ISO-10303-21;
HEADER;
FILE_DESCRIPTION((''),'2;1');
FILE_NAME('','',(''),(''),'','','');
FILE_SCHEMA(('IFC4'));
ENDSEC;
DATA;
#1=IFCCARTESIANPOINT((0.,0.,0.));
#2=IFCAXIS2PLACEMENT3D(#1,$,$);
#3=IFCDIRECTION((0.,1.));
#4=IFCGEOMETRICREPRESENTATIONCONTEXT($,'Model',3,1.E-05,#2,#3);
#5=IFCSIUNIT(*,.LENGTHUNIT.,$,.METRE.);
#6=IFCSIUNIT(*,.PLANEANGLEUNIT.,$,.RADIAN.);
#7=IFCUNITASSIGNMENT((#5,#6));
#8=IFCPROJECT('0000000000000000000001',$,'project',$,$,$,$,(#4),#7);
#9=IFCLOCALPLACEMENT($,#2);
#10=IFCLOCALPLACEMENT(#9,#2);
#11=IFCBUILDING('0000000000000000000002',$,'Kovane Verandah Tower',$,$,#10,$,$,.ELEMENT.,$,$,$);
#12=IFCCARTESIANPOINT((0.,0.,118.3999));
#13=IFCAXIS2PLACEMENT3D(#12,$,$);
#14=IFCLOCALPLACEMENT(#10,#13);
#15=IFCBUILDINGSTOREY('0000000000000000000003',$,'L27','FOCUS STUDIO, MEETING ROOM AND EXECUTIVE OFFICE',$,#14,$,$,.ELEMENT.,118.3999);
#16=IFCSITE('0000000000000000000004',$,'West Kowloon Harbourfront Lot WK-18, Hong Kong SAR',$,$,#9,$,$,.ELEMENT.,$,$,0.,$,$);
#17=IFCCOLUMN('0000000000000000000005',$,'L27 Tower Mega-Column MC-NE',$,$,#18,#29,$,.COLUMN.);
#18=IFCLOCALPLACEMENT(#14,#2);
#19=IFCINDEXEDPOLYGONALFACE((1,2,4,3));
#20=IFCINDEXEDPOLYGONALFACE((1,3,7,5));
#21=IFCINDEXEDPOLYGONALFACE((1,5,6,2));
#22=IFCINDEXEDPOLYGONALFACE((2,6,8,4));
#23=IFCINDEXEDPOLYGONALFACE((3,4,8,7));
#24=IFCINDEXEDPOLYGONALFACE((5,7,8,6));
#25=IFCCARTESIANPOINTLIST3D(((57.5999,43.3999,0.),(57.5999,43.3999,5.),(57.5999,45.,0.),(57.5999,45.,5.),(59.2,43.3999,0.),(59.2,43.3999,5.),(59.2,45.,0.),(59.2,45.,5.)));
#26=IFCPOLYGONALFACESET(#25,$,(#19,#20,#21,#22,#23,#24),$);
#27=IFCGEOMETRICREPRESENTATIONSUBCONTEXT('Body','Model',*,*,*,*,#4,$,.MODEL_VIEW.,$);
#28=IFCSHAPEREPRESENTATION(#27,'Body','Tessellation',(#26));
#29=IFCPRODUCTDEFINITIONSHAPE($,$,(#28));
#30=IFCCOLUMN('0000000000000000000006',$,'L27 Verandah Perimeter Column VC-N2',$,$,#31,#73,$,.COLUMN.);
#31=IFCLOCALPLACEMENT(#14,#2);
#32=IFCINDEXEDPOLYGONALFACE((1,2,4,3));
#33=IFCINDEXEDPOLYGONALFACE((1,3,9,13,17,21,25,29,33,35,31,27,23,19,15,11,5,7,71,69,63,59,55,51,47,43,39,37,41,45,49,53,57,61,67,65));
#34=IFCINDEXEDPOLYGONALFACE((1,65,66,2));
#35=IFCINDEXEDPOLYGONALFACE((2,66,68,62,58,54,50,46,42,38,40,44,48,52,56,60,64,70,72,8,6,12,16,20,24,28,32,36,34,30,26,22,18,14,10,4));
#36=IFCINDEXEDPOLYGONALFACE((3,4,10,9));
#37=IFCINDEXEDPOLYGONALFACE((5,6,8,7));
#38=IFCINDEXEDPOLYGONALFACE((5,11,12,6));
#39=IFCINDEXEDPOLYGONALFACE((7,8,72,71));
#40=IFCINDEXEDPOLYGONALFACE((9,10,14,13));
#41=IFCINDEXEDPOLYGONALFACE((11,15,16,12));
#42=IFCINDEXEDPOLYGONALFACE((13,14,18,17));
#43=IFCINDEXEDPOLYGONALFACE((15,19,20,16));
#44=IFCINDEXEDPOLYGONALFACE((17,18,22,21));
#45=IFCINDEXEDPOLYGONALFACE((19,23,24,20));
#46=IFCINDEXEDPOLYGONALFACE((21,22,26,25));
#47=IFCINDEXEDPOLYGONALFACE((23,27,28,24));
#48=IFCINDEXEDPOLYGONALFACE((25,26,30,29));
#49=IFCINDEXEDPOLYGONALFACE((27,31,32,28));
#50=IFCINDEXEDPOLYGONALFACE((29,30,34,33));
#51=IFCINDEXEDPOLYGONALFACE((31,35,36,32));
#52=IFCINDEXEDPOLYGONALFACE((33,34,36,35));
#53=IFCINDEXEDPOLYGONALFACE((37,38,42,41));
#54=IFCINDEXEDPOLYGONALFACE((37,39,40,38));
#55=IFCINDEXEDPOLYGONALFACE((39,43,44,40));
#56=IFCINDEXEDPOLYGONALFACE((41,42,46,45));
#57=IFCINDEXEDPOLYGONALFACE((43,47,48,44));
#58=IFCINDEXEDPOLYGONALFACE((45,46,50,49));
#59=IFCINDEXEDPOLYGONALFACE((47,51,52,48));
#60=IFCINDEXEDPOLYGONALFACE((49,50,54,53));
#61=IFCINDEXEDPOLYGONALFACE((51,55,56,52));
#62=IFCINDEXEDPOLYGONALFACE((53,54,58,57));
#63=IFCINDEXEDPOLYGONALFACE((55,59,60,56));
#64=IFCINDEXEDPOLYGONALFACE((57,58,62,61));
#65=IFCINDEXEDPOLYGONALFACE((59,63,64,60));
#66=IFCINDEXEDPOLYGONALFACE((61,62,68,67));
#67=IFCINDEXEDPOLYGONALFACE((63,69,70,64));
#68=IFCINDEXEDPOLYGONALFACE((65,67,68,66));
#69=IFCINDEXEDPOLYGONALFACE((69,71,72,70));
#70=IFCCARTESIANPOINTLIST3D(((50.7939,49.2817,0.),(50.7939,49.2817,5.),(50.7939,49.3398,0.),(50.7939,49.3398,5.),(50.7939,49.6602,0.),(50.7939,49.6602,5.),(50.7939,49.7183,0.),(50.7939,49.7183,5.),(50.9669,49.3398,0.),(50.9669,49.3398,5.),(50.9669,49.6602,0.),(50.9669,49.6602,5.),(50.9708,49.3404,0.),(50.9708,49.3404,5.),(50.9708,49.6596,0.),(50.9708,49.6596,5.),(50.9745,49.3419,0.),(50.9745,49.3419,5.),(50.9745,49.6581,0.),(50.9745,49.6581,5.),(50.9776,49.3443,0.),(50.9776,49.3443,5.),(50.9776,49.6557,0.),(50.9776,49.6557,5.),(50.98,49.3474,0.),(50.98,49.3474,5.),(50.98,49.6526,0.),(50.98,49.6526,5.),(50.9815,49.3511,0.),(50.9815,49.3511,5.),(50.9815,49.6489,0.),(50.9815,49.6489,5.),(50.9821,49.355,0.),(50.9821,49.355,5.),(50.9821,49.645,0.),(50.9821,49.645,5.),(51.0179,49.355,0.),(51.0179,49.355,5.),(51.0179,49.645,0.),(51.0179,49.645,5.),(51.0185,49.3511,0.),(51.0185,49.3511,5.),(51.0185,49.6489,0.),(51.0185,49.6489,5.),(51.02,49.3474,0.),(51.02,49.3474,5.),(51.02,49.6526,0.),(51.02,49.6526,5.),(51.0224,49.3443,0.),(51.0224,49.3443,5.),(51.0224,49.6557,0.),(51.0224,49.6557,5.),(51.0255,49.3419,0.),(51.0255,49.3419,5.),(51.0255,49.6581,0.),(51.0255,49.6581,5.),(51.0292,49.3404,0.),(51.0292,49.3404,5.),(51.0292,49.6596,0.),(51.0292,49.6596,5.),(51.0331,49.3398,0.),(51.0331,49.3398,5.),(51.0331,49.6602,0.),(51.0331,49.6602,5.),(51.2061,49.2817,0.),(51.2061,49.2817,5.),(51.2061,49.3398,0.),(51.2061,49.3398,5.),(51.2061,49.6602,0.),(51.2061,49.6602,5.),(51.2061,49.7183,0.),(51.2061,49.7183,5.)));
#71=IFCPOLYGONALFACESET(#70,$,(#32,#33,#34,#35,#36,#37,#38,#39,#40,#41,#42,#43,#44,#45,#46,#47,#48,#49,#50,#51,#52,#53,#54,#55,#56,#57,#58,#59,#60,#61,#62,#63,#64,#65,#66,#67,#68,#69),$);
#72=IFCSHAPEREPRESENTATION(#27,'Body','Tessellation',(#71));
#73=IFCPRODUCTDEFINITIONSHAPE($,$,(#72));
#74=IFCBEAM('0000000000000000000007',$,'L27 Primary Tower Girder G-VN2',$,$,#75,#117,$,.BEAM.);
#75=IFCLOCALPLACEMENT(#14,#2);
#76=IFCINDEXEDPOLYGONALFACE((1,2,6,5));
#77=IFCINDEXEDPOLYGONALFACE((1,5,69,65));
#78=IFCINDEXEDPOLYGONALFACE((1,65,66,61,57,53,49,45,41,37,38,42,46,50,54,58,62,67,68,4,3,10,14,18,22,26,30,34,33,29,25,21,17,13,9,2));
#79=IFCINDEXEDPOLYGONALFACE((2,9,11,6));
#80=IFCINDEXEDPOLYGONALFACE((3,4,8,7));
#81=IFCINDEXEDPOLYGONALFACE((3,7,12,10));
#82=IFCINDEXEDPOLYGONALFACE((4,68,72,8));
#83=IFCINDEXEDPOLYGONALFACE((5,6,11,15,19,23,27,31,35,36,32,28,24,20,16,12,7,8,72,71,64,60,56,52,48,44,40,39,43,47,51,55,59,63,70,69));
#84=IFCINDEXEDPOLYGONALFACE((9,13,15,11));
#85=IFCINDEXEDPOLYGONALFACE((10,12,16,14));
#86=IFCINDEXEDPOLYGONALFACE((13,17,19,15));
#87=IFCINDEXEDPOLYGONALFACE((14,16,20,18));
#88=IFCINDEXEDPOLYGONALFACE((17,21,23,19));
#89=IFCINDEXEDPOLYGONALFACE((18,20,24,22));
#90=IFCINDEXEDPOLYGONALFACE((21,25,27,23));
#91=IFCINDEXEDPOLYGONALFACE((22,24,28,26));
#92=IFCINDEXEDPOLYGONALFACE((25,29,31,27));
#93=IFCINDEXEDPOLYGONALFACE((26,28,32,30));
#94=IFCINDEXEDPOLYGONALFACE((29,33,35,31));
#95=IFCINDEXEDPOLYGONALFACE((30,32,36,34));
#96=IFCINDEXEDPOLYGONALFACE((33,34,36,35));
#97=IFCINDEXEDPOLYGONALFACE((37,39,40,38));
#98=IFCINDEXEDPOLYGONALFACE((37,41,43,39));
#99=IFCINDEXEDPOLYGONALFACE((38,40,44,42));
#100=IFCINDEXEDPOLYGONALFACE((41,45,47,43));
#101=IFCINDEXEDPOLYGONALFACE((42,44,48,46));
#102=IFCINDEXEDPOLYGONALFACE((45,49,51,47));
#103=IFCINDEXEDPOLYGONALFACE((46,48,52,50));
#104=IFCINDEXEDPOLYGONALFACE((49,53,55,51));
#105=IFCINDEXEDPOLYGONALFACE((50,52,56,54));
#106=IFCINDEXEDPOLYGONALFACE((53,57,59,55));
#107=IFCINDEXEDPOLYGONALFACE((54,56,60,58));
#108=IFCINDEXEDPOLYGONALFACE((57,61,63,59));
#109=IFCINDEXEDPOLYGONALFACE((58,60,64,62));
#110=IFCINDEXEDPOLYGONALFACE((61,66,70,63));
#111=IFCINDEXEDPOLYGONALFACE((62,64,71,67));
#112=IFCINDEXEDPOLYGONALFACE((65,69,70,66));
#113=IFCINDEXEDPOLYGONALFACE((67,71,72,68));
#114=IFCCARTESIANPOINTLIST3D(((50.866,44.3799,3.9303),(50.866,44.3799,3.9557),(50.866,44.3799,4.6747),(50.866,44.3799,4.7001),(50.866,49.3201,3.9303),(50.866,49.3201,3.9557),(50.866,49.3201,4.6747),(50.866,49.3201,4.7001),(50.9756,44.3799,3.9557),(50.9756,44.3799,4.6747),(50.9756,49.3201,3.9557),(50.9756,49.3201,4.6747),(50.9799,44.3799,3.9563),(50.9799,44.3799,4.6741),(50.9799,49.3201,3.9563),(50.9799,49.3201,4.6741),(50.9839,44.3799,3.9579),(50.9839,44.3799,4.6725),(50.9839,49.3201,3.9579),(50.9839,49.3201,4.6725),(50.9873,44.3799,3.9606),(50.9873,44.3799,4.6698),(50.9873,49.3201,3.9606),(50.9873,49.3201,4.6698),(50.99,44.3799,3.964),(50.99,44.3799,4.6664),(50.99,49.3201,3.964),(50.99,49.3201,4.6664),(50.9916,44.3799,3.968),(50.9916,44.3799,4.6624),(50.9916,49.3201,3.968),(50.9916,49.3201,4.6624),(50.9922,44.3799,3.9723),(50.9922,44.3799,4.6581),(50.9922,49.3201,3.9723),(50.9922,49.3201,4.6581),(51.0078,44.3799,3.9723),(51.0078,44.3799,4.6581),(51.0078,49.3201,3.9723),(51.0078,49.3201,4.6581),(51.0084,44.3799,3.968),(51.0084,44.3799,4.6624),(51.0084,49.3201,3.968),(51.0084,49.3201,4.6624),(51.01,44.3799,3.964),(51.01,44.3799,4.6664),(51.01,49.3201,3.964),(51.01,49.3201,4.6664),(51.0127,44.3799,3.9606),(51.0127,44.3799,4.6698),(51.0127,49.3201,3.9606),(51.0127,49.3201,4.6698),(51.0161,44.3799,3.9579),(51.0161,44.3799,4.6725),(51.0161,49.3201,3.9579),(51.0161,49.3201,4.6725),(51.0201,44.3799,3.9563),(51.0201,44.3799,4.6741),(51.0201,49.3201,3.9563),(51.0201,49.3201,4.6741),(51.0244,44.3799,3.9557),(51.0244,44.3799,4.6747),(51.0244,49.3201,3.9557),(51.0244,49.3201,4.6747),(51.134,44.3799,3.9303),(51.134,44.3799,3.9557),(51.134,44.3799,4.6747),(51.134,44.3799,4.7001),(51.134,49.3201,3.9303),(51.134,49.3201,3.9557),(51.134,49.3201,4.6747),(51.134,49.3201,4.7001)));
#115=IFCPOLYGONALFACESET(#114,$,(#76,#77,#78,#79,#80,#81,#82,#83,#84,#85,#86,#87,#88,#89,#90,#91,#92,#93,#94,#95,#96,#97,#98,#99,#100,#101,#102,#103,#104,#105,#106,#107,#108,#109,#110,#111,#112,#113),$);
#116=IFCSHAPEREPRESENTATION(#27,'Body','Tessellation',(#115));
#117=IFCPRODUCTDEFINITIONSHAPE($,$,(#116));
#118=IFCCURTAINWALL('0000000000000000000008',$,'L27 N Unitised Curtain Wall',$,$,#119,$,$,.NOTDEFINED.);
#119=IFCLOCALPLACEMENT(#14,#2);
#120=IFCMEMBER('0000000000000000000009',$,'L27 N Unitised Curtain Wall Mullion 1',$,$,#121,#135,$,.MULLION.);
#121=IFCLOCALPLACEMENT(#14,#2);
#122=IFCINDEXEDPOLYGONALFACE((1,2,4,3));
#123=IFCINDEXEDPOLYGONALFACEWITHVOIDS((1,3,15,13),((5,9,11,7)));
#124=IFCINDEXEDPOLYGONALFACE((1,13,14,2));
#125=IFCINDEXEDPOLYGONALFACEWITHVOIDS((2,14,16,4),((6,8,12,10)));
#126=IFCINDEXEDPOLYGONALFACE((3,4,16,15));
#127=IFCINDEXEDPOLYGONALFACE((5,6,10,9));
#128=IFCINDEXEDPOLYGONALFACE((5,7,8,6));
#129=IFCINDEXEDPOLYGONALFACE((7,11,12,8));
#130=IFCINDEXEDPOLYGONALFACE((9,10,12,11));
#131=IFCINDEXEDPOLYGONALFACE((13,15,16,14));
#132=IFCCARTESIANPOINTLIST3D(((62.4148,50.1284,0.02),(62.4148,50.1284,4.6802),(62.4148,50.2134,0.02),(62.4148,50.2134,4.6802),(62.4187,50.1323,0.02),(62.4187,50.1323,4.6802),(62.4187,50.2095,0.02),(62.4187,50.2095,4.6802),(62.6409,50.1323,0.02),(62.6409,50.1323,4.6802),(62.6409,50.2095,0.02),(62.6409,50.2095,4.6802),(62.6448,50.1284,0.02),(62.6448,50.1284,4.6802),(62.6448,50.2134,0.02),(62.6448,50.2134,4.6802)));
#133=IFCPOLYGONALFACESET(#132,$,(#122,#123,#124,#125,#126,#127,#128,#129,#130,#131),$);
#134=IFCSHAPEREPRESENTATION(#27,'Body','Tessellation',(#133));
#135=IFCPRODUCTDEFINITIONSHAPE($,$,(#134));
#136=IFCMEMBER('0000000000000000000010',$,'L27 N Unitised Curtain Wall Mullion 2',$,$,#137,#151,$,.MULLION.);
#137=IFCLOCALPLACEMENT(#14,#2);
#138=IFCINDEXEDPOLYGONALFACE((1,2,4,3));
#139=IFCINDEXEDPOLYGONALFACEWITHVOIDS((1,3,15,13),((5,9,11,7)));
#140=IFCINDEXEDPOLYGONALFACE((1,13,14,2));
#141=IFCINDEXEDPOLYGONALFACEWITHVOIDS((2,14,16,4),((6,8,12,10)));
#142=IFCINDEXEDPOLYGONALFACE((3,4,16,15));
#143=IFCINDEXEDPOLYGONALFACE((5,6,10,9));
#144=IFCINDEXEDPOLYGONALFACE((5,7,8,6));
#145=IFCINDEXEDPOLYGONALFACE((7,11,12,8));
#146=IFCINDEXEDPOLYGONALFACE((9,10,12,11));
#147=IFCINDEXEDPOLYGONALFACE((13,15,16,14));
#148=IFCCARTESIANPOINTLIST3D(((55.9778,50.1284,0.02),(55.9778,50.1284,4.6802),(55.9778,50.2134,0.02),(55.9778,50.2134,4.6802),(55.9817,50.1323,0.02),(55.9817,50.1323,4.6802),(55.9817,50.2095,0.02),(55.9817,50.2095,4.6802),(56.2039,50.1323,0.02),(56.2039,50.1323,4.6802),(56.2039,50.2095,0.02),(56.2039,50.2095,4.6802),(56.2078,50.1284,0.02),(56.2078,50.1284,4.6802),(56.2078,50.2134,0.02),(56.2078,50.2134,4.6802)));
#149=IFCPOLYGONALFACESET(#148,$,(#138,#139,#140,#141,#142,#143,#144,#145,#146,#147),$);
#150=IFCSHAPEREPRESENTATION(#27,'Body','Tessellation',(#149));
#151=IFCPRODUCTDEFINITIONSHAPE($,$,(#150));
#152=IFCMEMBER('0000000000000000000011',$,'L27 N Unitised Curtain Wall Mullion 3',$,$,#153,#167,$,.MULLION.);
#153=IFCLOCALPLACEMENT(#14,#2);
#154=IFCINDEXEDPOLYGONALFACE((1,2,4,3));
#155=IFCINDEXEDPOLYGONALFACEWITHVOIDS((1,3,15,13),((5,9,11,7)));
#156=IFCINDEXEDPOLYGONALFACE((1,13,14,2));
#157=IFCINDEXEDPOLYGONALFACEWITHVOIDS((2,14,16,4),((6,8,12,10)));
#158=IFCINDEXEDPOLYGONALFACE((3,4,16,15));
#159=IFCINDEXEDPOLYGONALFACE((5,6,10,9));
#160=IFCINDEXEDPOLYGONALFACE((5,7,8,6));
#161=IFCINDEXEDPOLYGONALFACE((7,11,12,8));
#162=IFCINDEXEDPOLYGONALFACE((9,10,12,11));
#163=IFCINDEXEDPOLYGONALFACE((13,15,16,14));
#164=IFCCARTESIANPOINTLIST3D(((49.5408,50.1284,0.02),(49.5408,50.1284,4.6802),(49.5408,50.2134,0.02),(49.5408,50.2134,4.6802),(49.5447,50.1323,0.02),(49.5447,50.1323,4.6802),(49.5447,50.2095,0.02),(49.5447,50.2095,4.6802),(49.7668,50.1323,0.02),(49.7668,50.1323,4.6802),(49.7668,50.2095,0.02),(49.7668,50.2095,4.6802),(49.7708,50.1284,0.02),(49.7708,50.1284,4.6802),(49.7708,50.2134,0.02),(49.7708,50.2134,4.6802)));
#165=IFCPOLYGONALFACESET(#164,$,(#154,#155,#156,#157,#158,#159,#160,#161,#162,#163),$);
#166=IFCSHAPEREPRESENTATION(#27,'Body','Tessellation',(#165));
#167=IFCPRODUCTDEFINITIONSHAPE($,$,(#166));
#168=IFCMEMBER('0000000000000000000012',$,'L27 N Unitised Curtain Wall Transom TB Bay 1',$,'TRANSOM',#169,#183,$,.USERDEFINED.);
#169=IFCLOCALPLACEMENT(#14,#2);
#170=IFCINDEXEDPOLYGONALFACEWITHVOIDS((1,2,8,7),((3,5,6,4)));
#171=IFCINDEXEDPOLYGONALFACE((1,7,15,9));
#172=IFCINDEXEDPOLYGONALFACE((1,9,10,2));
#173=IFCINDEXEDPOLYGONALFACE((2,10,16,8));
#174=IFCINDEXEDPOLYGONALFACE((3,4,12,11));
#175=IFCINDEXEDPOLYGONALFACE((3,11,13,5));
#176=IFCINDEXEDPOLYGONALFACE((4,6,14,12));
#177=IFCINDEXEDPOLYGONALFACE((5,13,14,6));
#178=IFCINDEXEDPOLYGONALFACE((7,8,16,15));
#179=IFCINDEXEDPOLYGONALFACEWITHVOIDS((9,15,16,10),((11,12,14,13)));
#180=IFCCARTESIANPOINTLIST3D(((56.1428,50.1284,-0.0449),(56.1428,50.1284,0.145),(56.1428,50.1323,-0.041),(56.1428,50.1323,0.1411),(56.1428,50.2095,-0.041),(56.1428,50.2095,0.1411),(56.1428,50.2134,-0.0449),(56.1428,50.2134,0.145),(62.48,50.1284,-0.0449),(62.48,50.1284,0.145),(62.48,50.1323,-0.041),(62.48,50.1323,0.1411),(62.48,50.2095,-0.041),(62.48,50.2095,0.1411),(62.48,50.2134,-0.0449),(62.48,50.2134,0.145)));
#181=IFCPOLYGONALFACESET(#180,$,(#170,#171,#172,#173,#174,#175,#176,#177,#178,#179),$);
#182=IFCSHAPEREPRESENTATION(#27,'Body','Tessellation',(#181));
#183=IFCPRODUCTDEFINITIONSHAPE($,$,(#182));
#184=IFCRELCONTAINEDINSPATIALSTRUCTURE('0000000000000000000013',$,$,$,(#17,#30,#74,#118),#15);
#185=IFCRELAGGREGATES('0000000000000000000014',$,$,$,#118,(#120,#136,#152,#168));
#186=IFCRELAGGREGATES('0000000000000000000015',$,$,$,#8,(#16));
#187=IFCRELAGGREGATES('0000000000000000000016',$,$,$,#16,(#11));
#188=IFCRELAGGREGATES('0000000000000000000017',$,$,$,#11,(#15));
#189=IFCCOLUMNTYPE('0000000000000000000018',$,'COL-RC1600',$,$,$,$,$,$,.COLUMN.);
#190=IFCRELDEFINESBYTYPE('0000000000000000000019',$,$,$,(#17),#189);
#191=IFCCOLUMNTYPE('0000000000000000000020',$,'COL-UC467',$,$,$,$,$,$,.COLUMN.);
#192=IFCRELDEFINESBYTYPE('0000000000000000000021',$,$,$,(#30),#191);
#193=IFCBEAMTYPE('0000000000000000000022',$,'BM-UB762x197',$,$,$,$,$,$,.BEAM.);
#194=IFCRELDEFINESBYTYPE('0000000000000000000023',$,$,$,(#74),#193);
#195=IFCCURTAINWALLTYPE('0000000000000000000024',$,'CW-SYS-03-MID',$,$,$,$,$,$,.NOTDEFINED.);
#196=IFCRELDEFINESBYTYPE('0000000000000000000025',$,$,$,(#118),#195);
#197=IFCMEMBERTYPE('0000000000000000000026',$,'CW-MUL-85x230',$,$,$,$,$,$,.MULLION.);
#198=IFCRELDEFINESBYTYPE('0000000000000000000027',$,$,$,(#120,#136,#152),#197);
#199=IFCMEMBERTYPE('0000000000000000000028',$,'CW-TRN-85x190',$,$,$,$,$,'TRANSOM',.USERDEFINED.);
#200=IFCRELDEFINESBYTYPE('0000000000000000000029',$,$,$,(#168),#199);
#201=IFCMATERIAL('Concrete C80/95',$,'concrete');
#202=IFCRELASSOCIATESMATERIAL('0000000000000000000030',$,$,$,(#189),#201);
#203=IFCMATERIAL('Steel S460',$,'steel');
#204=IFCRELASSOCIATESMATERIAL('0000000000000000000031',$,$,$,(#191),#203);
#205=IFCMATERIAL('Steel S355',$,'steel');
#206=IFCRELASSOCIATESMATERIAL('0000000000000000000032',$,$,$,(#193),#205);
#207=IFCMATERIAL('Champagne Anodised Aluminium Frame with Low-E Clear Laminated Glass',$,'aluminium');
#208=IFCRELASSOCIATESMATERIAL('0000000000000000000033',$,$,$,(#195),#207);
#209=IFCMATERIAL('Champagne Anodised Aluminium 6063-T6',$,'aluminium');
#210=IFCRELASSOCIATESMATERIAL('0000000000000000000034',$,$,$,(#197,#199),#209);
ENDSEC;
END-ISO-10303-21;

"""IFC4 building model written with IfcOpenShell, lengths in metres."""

from ifc_helpers import new_model, si_unit, direction, frame, origin, origin_2d, place, context, subcontext, project, spatial, rectangle, hollow_rectangle, i_section, extrude, material, material_profile, profile_set, type_object, element, aggregate, save


model = new_model("IFC4")

# Units and contexts
model_context = context("Model", 3, precision=1e-05, world=origin(), true_north=direction((0.0, 1.0)))
body_context = subcontext(model_context, "Body", "Model", "MODEL_VIEW")
ifc_project = project(units=[si_unit("LENGTHUNIT", "METRE"), si_unit("PLANEANGLEUNIT", "RADIAN")], contexts=[model_context])

# Site, building, storey
site_placement = place(None, origin())
site = spatial("IfcSite", under=ifc_project, at=site_placement, Name="West Kowloon Harbourfront Lot WK-18, Hong Kong SAR", CompositionType="ELEMENT", RefElevation=0.0)
building_placement = place(site_placement, origin())
building = spatial("IfcBuilding", under=site, at=building_placement, Name="Kovane Verandah Tower", CompositionType="ELEMENT")
storey_placement = place(building_placement, frame((0.0, 0.0, 118.3999)))
storey = spatial("IfcBuildingStorey", under=building, at=storey_placement, Name="L27", Description="FOCUS STUDIO, MEETING ROOM AND EXECUTIVE OFFICE", CompositionType="ELEMENT", Elevation=118.3999)

# Columns
ifc_material_1 = material(Name="Concrete C80/95", Category="concrete")
ifc_material_profile_1 = material_profile(ifc_material_1, rectangle(XDim=1.6001, YDim=1.6001, at=origin_2d()), Name="RC1600x1600")
ifc_profile_set_1 = profile_set([ifc_material_profile_1], Name="Concrete C80/95")
column_type_1 = type_object("IfcColumnType", Name="COL-RC1600", PredefinedType="COLUMN", material=ifc_profile_set_1)
column_1_placement = place(storey_placement, frame((58.3999, 44.2, 0.0), z_axis=(0.0, 0.0, 1.0), x_axis=(1.0, 0.0, 0.0)))
element("IfcColumn", 1, at=column_1_placement, inside=storey, type_object=column_type_1, Name="L27 Tower Mega-Column MC-NE", PredefinedType="COLUMN", context=body_context, shape_type="SweptSolid", body=[
    extrude(rectangle(XDim=1.6001, YDim=1.6001, at=origin_2d()), origin(), (0.0, 0.0, 1.0), 5.0),
])
ifc_material_2 = material(Name="Steel S460", Category="steel")
ifc_material_profile_2 = material_profile(ifc_material_2, i_section(OverallWidth=0.4121, OverallDepth=0.4365, WebThickness=0.0359, FlangeThickness=0.0581, FilletRadius=0.0151, at=origin_2d()), Name="UC356x406x467")
ifc_profile_set_2 = profile_set([ifc_material_profile_2], Name="Steel S460")
column_type_2 = type_object("IfcColumnType", Name="COL-UC467", PredefinedType="COLUMN", material=ifc_profile_set_2)
column_2_placement = place(storey_placement, frame((51.0, 49.5, 0.0), z_axis=(0.0, 0.0, 1.0), x_axis=(1.0, 0.0, 0.0)))
element("IfcColumn", 2, at=column_2_placement, inside=storey, type_object=column_type_2, Name="L27 Verandah Perimeter Column VC-N2", PredefinedType="COLUMN", context=body_context, shape_type="SweptSolid", body=[
    extrude(i_section(OverallWidth=0.4121, OverallDepth=0.4365, WebThickness=0.0359, FlangeThickness=0.0581, FilletRadius=0.0151, at=origin_2d()), origin(), (0.0, 0.0, 1.0), 5.0),
])

# Beam
ifc_material_3 = material(Name="Steel S355", Category="steel")
ifc_material_profile_3 = material_profile(ifc_material_3, i_section(OverallWidth=0.2681, OverallDepth=0.7698, WebThickness=0.0156, FlangeThickness=0.0254, FilletRadius=0.0166, at=origin_2d()), Name="UB762x267x197")
ifc_profile_set_3 = profile_set([ifc_material_profile_3], Name="Steel S355")
beam_type_1 = type_object("IfcBeamType", Name="BM-UB762x197", PredefinedType="BEAM", material=ifc_profile_set_3)
beam_1_placement = place(storey_placement, frame((51.0, 44.3799, 4.3152), z_axis=(0.0, 1.0, 0.0), x_axis=(-1.0, 0.0, 0.0)))
element("IfcBeam", 3, at=beam_1_placement, inside=storey, type_object=beam_type_1, Name="L27 Primary Tower Girder G-VN2", PredefinedType="BEAM", context=body_context, shape_type="SweptSolid", body=[
    extrude(i_section(OverallWidth=0.2681, OverallDepth=0.7698, WebThickness=0.0156, FlangeThickness=0.0254, FilletRadius=0.0166, at=origin_2d()), origin(), (0.0, 0.0, 1.0), 4.9402),
])

# Curtain wall, members
ifc_material_4 = material(Name="Champagne Anodised Aluminium Frame with Low-E Clear Laminated Glass", Category="aluminium")
curtain_wall_type = type_object("IfcCurtainWallType", Name="CW-SYS-03-MID", PredefinedType="NOTDEFINED", material=ifc_material_4)
curtain_wall_placement = place(storey_placement, origin())
curtain_wall = element("IfcCurtainWall", 4, at=curtain_wall_placement, inside=storey, type_object=curtain_wall_type, Name="L27 N Unitised Curtain Wall", PredefinedType="NOTDEFINED")
ifc_material_5 = material(Name="Champagne Anodised Aluminium 6063-T6", Category="aluminium")
ifc_material_profile_4 = material_profile(ifc_material_5, hollow_rectangle(XDim=0.085, YDim=0.23, WallThickness=0.0039, at=origin_2d()), Name="AL85x230x4")
ifc_profile_set_4 = profile_set([ifc_material_profile_4], Name="Champagne Anodised Aluminium 6063-T6")
member_type_1 = type_object("IfcMemberType", Name="CW-MUL-85x230", PredefinedType="MULLION", material=ifc_profile_set_4)
member_1_placement = place(storey_placement, frame((62.5298, 50.1709, 0.02), z_axis=(0.0, 0.0, 1.0), x_axis=(0.0, 1.0, 0.0)))
member_1 = element("IfcMember", 5, at=member_1_placement, type_object=member_type_1, Name="L27 N Unitised Curtain Wall Mullion 1", PredefinedType="MULLION", context=body_context, shape_type="SweptSolid", body=[
    extrude(hollow_rectangle(XDim=0.085, YDim=0.23, WallThickness=0.0039, at=origin_2d()), origin(), (0.0, 0.0, 1.0), 4.6602),
])
member_2_placement = place(storey_placement, frame((56.0928, 50.1709, 0.02), z_axis=(0.0, 0.0, 1.0), x_axis=(0.0, 1.0, 0.0)))
member_2 = element("IfcMember", 6, at=member_2_placement, type_object=member_type_1, Name="L27 N Unitised Curtain Wall Mullion 2", PredefinedType="MULLION", context=body_context, shape_type="SweptSolid", body=[
    extrude(hollow_rectangle(XDim=0.085, YDim=0.23, WallThickness=0.0039, at=origin_2d()), origin(), (0.0, 0.0, 1.0), 4.6602),
])
member_3_placement = place(storey_placement, frame((49.6558, 50.1709, 0.02), z_axis=(0.0, 0.0, 1.0), x_axis=(0.0, 1.0, 0.0)))
member_3 = element("IfcMember", 7, at=member_3_placement, type_object=member_type_1, Name="L27 N Unitised Curtain Wall Mullion 3", PredefinedType="MULLION", context=body_context, shape_type="SweptSolid", body=[
    extrude(hollow_rectangle(XDim=0.085, YDim=0.23, WallThickness=0.0039, at=origin_2d()), origin(), (0.0, 0.0, 1.0), 4.6602),
])
ifc_material_profile_5 = material_profile(ifc_material_5, hollow_rectangle(XDim=0.085, YDim=0.1899, WallThickness=0.0039, at=origin_2d()), Name="AL85x190x4")
ifc_profile_set_5 = profile_set([ifc_material_profile_5], Name="Champagne Anodised Aluminium 6063-T6")
member_type_2 = type_object("IfcMemberType", Name="CW-TRN-85x190", ElementType="TRANSOM", PredefinedType="USERDEFINED", material=ifc_profile_set_5)
member_4_placement = place(storey_placement, frame((62.48, 50.1709, 0.05), z_axis=(-1.0, 0.0, 0.0), x_axis=(0.0, -1.0, 0.0)))
member_4 = element("IfcMember", 8, at=member_4_placement, type_object=member_type_2, Name="L27 N Unitised Curtain Wall Transom TB Bay 1", ObjectType="TRANSOM", PredefinedType="USERDEFINED", context=body_context, shape_type="SweptSolid", body=[
    extrude(hollow_rectangle(XDim=0.085, YDim=0.1899, WallThickness=0.0039, at=origin_2d()), origin(), (0.0, 0.0, 1.0), 6.3372),
])

aggregate(curtain_wall, [member_1, member_2, member_3, member_4])

save(model, "model.ifc")
